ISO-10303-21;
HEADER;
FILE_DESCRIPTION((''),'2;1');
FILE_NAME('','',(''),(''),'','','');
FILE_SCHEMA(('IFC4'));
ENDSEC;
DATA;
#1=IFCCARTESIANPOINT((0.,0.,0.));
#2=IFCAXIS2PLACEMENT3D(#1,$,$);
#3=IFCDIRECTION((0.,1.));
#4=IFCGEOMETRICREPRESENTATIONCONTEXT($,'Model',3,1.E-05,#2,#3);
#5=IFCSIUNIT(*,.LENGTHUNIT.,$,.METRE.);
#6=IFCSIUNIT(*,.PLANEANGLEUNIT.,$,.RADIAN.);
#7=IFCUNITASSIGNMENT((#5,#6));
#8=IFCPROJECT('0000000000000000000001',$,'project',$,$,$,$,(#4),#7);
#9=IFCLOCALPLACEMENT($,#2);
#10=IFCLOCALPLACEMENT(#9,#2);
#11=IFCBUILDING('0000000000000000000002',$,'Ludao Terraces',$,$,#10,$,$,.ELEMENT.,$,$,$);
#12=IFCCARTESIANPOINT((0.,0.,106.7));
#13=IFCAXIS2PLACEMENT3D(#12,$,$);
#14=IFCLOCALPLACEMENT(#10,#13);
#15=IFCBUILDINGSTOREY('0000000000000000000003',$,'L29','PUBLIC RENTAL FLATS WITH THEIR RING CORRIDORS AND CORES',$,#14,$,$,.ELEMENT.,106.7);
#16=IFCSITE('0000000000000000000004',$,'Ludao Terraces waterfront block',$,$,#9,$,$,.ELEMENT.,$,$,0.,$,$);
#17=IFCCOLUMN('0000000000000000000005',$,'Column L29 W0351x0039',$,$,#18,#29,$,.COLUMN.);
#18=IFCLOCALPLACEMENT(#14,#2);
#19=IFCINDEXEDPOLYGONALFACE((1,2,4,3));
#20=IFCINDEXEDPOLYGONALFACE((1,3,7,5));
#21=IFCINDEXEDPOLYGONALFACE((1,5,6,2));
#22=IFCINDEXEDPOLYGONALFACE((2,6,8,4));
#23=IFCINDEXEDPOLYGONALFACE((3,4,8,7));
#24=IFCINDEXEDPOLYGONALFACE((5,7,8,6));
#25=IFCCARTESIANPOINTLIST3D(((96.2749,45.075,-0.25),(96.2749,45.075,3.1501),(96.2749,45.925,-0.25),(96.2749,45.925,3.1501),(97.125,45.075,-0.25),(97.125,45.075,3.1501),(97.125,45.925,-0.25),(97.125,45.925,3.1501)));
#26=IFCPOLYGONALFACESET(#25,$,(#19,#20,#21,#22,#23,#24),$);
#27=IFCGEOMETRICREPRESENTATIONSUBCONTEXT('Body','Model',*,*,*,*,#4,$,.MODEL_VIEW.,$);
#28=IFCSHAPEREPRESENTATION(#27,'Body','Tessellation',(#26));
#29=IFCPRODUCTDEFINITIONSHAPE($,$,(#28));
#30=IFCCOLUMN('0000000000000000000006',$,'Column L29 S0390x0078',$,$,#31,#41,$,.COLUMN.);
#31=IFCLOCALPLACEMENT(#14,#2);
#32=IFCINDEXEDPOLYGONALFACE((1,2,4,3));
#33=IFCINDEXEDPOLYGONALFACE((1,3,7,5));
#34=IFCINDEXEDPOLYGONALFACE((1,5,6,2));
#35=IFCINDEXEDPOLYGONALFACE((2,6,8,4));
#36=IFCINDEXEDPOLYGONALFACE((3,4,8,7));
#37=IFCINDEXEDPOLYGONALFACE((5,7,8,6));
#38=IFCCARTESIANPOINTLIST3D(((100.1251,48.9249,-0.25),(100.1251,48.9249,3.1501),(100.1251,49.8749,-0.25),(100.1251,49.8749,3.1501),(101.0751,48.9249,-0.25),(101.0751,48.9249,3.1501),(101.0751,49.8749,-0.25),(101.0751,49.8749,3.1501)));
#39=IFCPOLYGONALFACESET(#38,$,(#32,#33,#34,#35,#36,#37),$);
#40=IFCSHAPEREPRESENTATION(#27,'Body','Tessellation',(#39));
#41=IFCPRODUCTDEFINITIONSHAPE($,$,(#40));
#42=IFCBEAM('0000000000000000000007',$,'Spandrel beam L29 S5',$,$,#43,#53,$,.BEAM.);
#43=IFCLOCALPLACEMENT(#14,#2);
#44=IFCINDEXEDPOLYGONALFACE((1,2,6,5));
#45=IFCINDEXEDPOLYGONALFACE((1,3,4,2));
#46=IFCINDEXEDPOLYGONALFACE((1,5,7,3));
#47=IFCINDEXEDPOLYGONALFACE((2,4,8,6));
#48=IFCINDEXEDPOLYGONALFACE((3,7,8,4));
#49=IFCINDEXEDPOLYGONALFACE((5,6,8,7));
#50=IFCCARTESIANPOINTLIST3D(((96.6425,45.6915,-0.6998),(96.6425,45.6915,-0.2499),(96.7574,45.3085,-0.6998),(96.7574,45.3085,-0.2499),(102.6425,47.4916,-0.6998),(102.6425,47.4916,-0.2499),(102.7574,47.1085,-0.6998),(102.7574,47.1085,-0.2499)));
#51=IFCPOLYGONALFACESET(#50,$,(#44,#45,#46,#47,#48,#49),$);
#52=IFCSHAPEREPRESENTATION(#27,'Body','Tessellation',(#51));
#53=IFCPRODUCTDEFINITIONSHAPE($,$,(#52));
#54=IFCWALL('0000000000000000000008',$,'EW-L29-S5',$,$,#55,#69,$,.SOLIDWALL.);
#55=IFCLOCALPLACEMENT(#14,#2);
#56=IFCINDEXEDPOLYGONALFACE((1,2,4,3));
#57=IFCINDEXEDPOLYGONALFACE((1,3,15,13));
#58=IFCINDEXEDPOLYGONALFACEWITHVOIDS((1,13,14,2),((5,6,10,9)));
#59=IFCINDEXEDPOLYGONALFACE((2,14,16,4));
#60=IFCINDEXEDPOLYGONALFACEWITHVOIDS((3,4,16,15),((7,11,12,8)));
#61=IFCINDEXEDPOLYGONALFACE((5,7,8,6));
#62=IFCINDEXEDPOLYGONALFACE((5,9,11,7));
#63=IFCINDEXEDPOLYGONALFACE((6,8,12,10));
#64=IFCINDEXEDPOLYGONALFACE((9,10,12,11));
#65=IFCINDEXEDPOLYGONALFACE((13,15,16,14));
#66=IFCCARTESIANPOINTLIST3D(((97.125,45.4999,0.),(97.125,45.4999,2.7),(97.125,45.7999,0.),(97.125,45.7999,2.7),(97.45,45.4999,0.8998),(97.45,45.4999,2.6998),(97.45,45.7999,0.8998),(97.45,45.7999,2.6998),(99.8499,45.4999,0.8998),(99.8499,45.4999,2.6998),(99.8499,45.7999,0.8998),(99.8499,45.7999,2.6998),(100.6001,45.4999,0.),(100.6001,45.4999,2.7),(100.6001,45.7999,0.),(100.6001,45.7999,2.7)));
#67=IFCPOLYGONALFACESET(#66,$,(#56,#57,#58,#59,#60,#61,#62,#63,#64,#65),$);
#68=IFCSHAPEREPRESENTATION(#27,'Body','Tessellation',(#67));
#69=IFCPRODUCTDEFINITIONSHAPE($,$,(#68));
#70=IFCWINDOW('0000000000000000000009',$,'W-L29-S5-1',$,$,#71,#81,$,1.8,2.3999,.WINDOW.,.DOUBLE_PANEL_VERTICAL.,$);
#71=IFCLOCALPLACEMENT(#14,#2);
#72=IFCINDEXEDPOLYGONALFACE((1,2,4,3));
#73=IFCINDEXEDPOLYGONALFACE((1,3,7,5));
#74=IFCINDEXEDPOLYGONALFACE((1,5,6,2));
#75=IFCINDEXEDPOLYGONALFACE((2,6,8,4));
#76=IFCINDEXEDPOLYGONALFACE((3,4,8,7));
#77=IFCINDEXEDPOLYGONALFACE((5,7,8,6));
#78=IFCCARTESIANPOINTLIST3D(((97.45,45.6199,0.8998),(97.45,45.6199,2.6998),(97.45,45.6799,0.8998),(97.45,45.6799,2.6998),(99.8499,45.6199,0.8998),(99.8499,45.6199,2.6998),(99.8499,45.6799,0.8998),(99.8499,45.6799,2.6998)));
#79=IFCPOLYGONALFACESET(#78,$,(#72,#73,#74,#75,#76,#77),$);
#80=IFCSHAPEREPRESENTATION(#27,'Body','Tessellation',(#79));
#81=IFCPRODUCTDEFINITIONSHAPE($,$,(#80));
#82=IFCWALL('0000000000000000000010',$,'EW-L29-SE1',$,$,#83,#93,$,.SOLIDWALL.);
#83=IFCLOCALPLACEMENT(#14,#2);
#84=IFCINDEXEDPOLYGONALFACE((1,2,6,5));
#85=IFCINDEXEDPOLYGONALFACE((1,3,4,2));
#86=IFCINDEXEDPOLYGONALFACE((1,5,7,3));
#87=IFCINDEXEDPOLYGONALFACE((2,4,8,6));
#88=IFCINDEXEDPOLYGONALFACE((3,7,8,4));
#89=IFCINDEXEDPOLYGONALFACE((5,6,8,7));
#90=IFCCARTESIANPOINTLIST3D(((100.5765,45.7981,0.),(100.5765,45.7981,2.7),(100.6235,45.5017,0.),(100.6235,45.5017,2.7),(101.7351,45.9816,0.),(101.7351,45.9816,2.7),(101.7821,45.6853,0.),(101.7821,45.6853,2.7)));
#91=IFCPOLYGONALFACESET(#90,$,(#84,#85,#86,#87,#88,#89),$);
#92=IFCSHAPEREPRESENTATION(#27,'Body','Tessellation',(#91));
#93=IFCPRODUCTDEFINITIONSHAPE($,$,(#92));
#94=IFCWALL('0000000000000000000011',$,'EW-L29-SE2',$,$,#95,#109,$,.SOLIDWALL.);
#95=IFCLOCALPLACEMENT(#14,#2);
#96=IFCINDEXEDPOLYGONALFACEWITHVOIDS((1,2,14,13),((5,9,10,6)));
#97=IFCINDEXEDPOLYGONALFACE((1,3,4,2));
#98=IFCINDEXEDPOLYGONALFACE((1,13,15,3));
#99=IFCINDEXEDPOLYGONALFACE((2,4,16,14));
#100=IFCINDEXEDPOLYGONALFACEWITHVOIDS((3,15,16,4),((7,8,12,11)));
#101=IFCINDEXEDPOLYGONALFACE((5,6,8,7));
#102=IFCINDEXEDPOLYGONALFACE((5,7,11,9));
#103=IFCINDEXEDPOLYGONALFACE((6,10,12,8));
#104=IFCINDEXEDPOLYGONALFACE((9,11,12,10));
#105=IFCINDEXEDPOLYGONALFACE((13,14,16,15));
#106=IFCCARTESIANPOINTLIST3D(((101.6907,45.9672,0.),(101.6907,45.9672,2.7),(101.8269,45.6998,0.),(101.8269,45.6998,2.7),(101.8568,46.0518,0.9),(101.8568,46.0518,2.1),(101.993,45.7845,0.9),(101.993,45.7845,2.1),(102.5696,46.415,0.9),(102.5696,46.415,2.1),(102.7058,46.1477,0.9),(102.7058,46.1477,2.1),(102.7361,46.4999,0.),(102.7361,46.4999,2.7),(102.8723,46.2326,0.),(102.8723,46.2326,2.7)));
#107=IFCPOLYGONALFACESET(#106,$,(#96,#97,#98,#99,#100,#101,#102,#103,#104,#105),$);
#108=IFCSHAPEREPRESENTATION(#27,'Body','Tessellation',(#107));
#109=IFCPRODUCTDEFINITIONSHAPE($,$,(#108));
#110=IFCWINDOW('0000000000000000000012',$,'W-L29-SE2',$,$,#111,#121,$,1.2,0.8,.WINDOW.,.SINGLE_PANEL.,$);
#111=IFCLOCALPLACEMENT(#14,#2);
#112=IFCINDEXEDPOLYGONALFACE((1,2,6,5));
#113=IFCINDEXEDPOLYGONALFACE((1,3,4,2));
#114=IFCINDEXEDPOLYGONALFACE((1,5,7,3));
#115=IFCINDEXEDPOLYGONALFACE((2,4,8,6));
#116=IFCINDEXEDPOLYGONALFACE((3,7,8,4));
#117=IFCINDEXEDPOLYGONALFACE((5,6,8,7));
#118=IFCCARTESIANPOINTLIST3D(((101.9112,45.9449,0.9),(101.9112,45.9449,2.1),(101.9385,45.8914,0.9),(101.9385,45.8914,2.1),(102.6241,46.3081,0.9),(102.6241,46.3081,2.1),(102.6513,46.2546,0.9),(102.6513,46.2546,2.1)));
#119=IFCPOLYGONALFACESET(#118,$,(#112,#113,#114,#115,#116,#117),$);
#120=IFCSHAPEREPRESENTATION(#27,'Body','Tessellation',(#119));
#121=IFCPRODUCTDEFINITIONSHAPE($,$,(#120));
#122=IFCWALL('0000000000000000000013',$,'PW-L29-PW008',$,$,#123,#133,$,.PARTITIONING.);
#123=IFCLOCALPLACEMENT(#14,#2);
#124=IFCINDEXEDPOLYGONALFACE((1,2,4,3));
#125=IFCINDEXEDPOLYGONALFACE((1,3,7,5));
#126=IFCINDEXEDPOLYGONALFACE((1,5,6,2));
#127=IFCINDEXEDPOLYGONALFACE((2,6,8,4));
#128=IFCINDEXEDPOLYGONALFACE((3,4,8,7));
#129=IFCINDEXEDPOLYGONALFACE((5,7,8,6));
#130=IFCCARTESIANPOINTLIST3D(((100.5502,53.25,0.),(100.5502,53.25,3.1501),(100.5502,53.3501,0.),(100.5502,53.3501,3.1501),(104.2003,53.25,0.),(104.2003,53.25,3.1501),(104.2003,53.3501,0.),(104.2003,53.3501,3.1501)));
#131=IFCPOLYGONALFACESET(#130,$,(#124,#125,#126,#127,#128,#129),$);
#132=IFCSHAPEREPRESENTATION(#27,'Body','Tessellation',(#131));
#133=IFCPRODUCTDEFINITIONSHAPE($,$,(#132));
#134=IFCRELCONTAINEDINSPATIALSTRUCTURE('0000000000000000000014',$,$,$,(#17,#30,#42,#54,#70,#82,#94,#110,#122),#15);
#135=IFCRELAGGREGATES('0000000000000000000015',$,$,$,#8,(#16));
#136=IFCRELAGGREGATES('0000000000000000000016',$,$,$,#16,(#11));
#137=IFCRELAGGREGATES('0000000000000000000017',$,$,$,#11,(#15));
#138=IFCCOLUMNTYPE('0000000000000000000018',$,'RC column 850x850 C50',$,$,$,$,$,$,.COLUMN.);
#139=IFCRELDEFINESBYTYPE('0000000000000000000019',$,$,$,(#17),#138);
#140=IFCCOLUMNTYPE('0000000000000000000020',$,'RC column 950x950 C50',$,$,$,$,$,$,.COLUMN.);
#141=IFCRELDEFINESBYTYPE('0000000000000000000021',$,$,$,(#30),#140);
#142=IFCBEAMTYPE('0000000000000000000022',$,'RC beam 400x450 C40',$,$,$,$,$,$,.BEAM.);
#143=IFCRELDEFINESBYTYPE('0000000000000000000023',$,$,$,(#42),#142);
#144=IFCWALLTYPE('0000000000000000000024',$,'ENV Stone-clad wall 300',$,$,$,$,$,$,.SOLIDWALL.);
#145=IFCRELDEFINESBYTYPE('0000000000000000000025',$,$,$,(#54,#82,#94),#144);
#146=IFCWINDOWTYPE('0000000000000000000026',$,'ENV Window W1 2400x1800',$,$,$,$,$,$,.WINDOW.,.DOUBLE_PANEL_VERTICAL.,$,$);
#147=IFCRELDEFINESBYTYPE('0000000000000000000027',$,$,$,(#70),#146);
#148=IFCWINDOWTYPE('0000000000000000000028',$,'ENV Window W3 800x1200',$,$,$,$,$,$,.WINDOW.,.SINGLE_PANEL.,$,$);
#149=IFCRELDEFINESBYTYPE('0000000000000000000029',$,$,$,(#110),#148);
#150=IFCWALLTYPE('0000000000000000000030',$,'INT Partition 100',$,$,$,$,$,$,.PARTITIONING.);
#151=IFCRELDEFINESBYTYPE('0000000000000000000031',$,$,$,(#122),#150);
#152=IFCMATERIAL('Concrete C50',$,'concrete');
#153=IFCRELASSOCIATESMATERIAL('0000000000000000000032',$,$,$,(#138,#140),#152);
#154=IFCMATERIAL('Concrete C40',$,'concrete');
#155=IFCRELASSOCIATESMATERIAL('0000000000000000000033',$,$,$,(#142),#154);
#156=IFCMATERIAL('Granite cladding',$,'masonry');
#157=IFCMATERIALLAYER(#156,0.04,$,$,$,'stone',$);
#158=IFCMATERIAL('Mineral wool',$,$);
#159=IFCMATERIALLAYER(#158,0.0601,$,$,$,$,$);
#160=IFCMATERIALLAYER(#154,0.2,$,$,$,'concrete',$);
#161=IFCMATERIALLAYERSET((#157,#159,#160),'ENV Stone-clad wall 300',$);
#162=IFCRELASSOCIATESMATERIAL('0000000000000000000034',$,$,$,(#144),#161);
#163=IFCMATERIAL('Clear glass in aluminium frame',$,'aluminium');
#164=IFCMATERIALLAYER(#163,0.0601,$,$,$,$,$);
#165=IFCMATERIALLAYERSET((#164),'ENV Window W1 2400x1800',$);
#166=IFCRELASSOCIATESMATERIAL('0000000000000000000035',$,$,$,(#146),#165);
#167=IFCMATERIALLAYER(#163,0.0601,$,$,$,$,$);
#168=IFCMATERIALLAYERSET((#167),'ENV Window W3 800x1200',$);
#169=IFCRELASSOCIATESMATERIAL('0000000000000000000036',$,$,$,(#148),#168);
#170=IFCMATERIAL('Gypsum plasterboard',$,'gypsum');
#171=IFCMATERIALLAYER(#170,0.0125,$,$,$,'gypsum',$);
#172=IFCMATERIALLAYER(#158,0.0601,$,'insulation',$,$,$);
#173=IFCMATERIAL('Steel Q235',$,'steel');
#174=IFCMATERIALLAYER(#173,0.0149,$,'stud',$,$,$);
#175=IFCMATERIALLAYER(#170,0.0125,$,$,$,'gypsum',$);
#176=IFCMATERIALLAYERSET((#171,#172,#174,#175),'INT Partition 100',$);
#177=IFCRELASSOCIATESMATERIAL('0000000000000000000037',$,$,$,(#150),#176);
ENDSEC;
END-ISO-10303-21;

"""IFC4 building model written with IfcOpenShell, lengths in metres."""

from ifc_helpers import new_model, si_unit, direction, frame, frame_2d, origin, origin_2d, place, context, subcontext, project, spatial, rectangle, extrude, material, layer, layer_set, material_profile, profile_set, type_object, element, fill, save


model = new_model("IFC4")

# Units and contexts
model_context = context("Model", 3, precision=1e-05, world=origin(), true_north=direction((0.0, 1.0)))
body_context = subcontext(model_context, "Body", "Model", "MODEL_VIEW")
ifc_project = project(units=[si_unit("LENGTHUNIT", "METRE"), si_unit("PLANEANGLEUNIT", "RADIAN")], contexts=[model_context])

# Site, building, storey
site_placement = place(None, origin())
site = spatial("IfcSite", under=ifc_project, at=site_placement, Name="Ludao Terraces waterfront block", CompositionType="ELEMENT", RefElevation=0.0)
building_placement = place(site_placement, origin())
building = spatial("IfcBuilding", under=site, at=building_placement, Name="Ludao Terraces", CompositionType="ELEMENT")
storey_placement = place(building_placement, frame((0.0, 0.0, 106.7)))
storey = spatial("IfcBuildingStorey", under=building, at=storey_placement, Name="L29", Description="PUBLIC RENTAL FLATS WITH THEIR RING CORRIDORS AND CORES", CompositionType="ELEMENT", Elevation=106.7)

# Columns
ifc_material_1 = material(Name="Concrete C50", Category="concrete")
ifc_material_profile_1 = material_profile(ifc_material_1, rectangle(XDim=0.8501, YDim=0.8501, at=origin_2d()), Name="850 X 850")
ifc_profile_set_1 = profile_set([ifc_material_profile_1], Name="Concrete C50")
column_type_1 = type_object("IfcColumnType", Name="RC column 850x850 C50", PredefinedType="COLUMN", material=ifc_profile_set_1)
column_1_placement = place(storey_placement, frame((96.7, 45.5, -0.25), z_axis=(0.0, 0.0, 1.0), x_axis=(1.0, 0.0, 0.0)))
element("IfcColumn", 1, at=column_1_placement, inside=storey, type_object=column_type_1, Name="Column L29 W0351x0039", PredefinedType="COLUMN", context=body_context, shape_type="SweptSolid", body=[
    extrude(rectangle(XDim=0.8501, YDim=0.8501, at=origin_2d()), origin(), (0.0, 0.0, 1.0), 3.4001),
])
ifc_material_profile_2 = material_profile(ifc_material_1, rectangle(XDim=0.95, YDim=0.95, at=origin_2d()), Name="950 X 950")
ifc_profile_set_2 = profile_set([ifc_material_profile_2], Name="Concrete C50")
column_type_2 = type_object("IfcColumnType", Name="RC column 950x950 C50", PredefinedType="COLUMN", material=ifc_profile_set_2)
column_2_placement = place(storey_placement, frame((100.6001, 49.3999, -0.25), z_axis=(0.0, 0.0, 1.0), x_axis=(1.0, 0.0, 0.0)))
element("IfcColumn", 2, at=column_2_placement, inside=storey, type_object=column_type_2, Name="Column L29 S0390x0078", PredefinedType="COLUMN", context=body_context, shape_type="SweptSolid", body=[
    extrude(rectangle(XDim=0.95, YDim=0.95, at=origin_2d()), origin(), (0.0, 0.0, 1.0), 3.4001),
])

# Beam
ifc_material_2 = material(Name="Concrete C40", Category="concrete")
ifc_material_profile_3 = material_profile(ifc_material_2, rectangle(XDim=0.3999, YDim=0.45, at=origin_2d()), Name="400 X 450")
ifc_profile_set_3 = profile_set([ifc_material_profile_3], Name="Concrete C40")
beam_type = type_object("IfcBeamType", Name="RC beam 400x450 C40", PredefinedType="BEAM", material=ifc_profile_set_3)
beam_placement = place(storey_placement, frame((96.7, 45.5, -0.4749), z_axis=(0.957824, 0.287355, 0.0), x_axis=(-0.287355, 0.957824, 0.0)))
element("IfcBeam", 3, at=beam_placement, inside=storey, type_object=beam_type, Name="Spandrel beam L29 S5", PredefinedType="BEAM", context=body_context, shape_type="SweptSolid", body=[
    extrude(rectangle(XDim=0.3999, YDim=0.45, at=origin_2d()), origin(), (0.0, 0.0, 1.0), 6.2642),
])

# Wall, opening, window
ifc_material_3 = material(Name="Granite cladding", Category="masonry")
ifc_layer_1 = layer(ifc_material_3, 0.04, Category="stone")
ifc_material_4 = material(Name="Mineral wool")
ifc_layer_2 = layer(ifc_material_4, 0.0601)
ifc_layer_3 = layer(ifc_material_2, 0.2, Category="concrete")
ifc_layer_set_1 = layer_set([ifc_layer_1, ifc_layer_2, ifc_layer_3], Name="ENV Stone-clad wall 300")
wall_type_1 = type_object("IfcWallType", Name="ENV Stone-clad wall 300", PredefinedType="SOLIDWALL", material=ifc_layer_set_1)
wall_1_placement = place(storey_placement, frame((97.125, 45.6499, 0.0), z_axis=(0.0, 0.0, 1.0), x_axis=(1.0, 0.0, 0.0)))
wall_1 = element("IfcWall", 4, at=wall_1_placement, inside=storey, type_object=wall_type_1, Name="EW-L29-S5", PredefinedType="SOLIDWALL", context=body_context, shape_type="SweptSolid", body=[
    extrude(rectangle(XDim=3.4751, YDim=0.3, at=frame_2d((1.7375, 0.0))), origin(), (0.0, 0.0, 1.0), 2.7),
])
opening_1_placement = place(wall_1_placement, frame((0.325, 0.0, 0.8999)))
opening_1 = element("IfcOpeningElement", 5, at=opening_1_placement, cuts=wall_1, PredefinedType="OPENING", context=body_context, shape_type="SweptSolid", body=[
    extrude(rectangle(XDim=2.3999, YDim=1.8, at=frame_2d((1.2, 0.8999))), frame((0.0, 0.1602, 0.0), z_axis=(0.0, -1.0, 0.0), x_axis=(1.0, 0.0, 0.0)), (0.0, 0.0, 1.0), 0.3201),
])
ifc_material_5 = material(Name="Clear glass in aluminium frame", Category="aluminium")
ifc_layer_4 = layer(ifc_material_5, 0.0601)
ifc_layer_set_2 = layer_set([ifc_layer_4], Name="ENV Window W1 2400x1800")
window_type_1 = type_object("IfcWindowType", Name="ENV Window W1 2400x1800", PartitioningType="DOUBLE_PANEL_VERTICAL", PredefinedType="WINDOW", material=ifc_layer_set_2)
window_1_placement = place(opening_1_placement, origin())
window_1 = element("IfcWindow", 6, at=window_1_placement, inside=storey, type_object=window_type_1, Name="W-L29-S5-1", OverallHeight=1.8, OverallWidth=2.3999, PartitioningType="DOUBLE_PANEL_VERTICAL", PredefinedType="WINDOW", context=body_context, shape_type="SweptSolid", body=[
    extrude(rectangle(XDim=2.3999, YDim=1.8, at=frame_2d((1.2, 0.8999))), frame((0.0, 0.03, 0.0), z_axis=(0.0, -1.0, 0.0), x_axis=(1.0, 0.0, 0.0)), (0.0, 0.0, 1.0), 0.0601),
])
fill(opening_1, window_1)

# Wall
wall_2_placement = place(storey_placement, frame((100.6001, 45.6499, 0.0), z_axis=(0.0, 0.0, 1.0), x_axis=(0.987678, 0.156497, 0.0)))
element("IfcWall", 7, at=wall_2_placement, inside=storey, type_object=wall_type_1, Name="EW-L29-SE1", PredefinedType="SOLIDWALL", context=body_context, shape_type="SweptSolid", body=[
    extrude(rectangle(XDim=1.1731, YDim=0.3, at=frame_2d((0.5864, 0.0))), origin(), (0.0, 0.0, 1.0), 2.7),
])

# Wall, opening, window
wall_3_placement = place(storey_placement, frame((101.7588, 45.8335, 0.0), z_axis=(0.0, 0.0, 1.0), x_axis=(0.890989, 0.454026, 0.0)))
wall_3 = element("IfcWall", 8, at=wall_3_placement, inside=storey, type_object=wall_type_1, Name="EW-L29-SE2", PredefinedType="SOLIDWALL", context=body_context, shape_type="SweptSolid", body=[
    extrude(rectangle(XDim=1.1733, YDim=0.3, at=frame_2d((0.5867, 0.0))), origin(), (0.0, 0.0, 1.0), 2.7),
])
opening_2_placement = place(wall_3_placement, frame((0.1865, 0.0, 0.8999)))
opening_2 = element("IfcOpeningElement", 9, at=opening_2_placement, cuts=wall_3, PredefinedType="OPENING", context=body_context, shape_type="SweptSolid", body=[
    extrude(rectangle(XDim=0.8, YDim=1.2, at=frame_2d((0.3999, 0.6001))), frame((0.0, 0.1602, 0.0), z_axis=(0.0, -1.0, 0.0), x_axis=(1.0, 0.0, 0.0)), (0.0, 0.0, 1.0), 0.3201),
])
ifc_layer_5 = layer(ifc_material_5, 0.0601)
ifc_layer_set_3 = layer_set([ifc_layer_5], Name="ENV Window W3 800x1200")
window_type_2 = type_object("IfcWindowType", Name="ENV Window W3 800x1200", PartitioningType="SINGLE_PANEL", PredefinedType="WINDOW", material=ifc_layer_set_3)
window_2_placement = place(opening_2_placement, origin())
window_2 = element("IfcWindow", 10, at=window_2_placement, inside=storey, type_object=window_type_2, Name="W-L29-SE2", OverallHeight=1.2, OverallWidth=0.8, PartitioningType="SINGLE_PANEL", PredefinedType="WINDOW", context=body_context, shape_type="SweptSolid", body=[
    extrude(rectangle(XDim=0.8, YDim=1.2, at=frame_2d((0.3999, 0.6001))), frame((0.0, 0.03, 0.0), z_axis=(0.0, -1.0, 0.0), x_axis=(1.0, 0.0, 0.0)), (0.0, 0.0, 1.0), 0.0601),
])
fill(opening_2, window_2)

# Wall
ifc_material_6 = material(Name="Gypsum plasterboard", Category="gypsum")
ifc_layer_6 = layer(ifc_material_6, 0.0125, Category="gypsum")
ifc_layer_7 = layer(ifc_material_4, 0.0601, Name="insulation")
ifc_material_7 = material(Name="Steel Q235", Category="steel")
ifc_layer_8 = layer(ifc_material_7, 0.0149, Name="stud")
ifc_layer_9 = layer(ifc_material_6, 0.0125, Category="gypsum")
ifc_layer_set_4 = layer_set([ifc_layer_6, ifc_layer_7, ifc_layer_8, ifc_layer_9], Name="INT Partition 100")
wall_type_2 = type_object("IfcWallType", Name="INT Partition 100", PredefinedType="PARTITIONING", material=ifc_layer_set_4)
wall_4_placement = place(storey_placement, frame((100.55, 53.3, 0.0), z_axis=(0.0, 0.0, 1.0), x_axis=(1.0, 0.0, 0.0)))
element("IfcWall", 11, at=wall_4_placement, inside=storey, type_object=wall_type_2, Name="PW-L29-PW008", PredefinedType="PARTITIONING", context=body_context, shape_type="SweptSolid", body=[
    extrude(rectangle(XDim=3.6501, YDim=0.1001, at=frame_2d((1.8252, 0.0))), origin(), (0.0, 0.0, 1.0), 3.1501),
])

save(model, "model.ifc")
